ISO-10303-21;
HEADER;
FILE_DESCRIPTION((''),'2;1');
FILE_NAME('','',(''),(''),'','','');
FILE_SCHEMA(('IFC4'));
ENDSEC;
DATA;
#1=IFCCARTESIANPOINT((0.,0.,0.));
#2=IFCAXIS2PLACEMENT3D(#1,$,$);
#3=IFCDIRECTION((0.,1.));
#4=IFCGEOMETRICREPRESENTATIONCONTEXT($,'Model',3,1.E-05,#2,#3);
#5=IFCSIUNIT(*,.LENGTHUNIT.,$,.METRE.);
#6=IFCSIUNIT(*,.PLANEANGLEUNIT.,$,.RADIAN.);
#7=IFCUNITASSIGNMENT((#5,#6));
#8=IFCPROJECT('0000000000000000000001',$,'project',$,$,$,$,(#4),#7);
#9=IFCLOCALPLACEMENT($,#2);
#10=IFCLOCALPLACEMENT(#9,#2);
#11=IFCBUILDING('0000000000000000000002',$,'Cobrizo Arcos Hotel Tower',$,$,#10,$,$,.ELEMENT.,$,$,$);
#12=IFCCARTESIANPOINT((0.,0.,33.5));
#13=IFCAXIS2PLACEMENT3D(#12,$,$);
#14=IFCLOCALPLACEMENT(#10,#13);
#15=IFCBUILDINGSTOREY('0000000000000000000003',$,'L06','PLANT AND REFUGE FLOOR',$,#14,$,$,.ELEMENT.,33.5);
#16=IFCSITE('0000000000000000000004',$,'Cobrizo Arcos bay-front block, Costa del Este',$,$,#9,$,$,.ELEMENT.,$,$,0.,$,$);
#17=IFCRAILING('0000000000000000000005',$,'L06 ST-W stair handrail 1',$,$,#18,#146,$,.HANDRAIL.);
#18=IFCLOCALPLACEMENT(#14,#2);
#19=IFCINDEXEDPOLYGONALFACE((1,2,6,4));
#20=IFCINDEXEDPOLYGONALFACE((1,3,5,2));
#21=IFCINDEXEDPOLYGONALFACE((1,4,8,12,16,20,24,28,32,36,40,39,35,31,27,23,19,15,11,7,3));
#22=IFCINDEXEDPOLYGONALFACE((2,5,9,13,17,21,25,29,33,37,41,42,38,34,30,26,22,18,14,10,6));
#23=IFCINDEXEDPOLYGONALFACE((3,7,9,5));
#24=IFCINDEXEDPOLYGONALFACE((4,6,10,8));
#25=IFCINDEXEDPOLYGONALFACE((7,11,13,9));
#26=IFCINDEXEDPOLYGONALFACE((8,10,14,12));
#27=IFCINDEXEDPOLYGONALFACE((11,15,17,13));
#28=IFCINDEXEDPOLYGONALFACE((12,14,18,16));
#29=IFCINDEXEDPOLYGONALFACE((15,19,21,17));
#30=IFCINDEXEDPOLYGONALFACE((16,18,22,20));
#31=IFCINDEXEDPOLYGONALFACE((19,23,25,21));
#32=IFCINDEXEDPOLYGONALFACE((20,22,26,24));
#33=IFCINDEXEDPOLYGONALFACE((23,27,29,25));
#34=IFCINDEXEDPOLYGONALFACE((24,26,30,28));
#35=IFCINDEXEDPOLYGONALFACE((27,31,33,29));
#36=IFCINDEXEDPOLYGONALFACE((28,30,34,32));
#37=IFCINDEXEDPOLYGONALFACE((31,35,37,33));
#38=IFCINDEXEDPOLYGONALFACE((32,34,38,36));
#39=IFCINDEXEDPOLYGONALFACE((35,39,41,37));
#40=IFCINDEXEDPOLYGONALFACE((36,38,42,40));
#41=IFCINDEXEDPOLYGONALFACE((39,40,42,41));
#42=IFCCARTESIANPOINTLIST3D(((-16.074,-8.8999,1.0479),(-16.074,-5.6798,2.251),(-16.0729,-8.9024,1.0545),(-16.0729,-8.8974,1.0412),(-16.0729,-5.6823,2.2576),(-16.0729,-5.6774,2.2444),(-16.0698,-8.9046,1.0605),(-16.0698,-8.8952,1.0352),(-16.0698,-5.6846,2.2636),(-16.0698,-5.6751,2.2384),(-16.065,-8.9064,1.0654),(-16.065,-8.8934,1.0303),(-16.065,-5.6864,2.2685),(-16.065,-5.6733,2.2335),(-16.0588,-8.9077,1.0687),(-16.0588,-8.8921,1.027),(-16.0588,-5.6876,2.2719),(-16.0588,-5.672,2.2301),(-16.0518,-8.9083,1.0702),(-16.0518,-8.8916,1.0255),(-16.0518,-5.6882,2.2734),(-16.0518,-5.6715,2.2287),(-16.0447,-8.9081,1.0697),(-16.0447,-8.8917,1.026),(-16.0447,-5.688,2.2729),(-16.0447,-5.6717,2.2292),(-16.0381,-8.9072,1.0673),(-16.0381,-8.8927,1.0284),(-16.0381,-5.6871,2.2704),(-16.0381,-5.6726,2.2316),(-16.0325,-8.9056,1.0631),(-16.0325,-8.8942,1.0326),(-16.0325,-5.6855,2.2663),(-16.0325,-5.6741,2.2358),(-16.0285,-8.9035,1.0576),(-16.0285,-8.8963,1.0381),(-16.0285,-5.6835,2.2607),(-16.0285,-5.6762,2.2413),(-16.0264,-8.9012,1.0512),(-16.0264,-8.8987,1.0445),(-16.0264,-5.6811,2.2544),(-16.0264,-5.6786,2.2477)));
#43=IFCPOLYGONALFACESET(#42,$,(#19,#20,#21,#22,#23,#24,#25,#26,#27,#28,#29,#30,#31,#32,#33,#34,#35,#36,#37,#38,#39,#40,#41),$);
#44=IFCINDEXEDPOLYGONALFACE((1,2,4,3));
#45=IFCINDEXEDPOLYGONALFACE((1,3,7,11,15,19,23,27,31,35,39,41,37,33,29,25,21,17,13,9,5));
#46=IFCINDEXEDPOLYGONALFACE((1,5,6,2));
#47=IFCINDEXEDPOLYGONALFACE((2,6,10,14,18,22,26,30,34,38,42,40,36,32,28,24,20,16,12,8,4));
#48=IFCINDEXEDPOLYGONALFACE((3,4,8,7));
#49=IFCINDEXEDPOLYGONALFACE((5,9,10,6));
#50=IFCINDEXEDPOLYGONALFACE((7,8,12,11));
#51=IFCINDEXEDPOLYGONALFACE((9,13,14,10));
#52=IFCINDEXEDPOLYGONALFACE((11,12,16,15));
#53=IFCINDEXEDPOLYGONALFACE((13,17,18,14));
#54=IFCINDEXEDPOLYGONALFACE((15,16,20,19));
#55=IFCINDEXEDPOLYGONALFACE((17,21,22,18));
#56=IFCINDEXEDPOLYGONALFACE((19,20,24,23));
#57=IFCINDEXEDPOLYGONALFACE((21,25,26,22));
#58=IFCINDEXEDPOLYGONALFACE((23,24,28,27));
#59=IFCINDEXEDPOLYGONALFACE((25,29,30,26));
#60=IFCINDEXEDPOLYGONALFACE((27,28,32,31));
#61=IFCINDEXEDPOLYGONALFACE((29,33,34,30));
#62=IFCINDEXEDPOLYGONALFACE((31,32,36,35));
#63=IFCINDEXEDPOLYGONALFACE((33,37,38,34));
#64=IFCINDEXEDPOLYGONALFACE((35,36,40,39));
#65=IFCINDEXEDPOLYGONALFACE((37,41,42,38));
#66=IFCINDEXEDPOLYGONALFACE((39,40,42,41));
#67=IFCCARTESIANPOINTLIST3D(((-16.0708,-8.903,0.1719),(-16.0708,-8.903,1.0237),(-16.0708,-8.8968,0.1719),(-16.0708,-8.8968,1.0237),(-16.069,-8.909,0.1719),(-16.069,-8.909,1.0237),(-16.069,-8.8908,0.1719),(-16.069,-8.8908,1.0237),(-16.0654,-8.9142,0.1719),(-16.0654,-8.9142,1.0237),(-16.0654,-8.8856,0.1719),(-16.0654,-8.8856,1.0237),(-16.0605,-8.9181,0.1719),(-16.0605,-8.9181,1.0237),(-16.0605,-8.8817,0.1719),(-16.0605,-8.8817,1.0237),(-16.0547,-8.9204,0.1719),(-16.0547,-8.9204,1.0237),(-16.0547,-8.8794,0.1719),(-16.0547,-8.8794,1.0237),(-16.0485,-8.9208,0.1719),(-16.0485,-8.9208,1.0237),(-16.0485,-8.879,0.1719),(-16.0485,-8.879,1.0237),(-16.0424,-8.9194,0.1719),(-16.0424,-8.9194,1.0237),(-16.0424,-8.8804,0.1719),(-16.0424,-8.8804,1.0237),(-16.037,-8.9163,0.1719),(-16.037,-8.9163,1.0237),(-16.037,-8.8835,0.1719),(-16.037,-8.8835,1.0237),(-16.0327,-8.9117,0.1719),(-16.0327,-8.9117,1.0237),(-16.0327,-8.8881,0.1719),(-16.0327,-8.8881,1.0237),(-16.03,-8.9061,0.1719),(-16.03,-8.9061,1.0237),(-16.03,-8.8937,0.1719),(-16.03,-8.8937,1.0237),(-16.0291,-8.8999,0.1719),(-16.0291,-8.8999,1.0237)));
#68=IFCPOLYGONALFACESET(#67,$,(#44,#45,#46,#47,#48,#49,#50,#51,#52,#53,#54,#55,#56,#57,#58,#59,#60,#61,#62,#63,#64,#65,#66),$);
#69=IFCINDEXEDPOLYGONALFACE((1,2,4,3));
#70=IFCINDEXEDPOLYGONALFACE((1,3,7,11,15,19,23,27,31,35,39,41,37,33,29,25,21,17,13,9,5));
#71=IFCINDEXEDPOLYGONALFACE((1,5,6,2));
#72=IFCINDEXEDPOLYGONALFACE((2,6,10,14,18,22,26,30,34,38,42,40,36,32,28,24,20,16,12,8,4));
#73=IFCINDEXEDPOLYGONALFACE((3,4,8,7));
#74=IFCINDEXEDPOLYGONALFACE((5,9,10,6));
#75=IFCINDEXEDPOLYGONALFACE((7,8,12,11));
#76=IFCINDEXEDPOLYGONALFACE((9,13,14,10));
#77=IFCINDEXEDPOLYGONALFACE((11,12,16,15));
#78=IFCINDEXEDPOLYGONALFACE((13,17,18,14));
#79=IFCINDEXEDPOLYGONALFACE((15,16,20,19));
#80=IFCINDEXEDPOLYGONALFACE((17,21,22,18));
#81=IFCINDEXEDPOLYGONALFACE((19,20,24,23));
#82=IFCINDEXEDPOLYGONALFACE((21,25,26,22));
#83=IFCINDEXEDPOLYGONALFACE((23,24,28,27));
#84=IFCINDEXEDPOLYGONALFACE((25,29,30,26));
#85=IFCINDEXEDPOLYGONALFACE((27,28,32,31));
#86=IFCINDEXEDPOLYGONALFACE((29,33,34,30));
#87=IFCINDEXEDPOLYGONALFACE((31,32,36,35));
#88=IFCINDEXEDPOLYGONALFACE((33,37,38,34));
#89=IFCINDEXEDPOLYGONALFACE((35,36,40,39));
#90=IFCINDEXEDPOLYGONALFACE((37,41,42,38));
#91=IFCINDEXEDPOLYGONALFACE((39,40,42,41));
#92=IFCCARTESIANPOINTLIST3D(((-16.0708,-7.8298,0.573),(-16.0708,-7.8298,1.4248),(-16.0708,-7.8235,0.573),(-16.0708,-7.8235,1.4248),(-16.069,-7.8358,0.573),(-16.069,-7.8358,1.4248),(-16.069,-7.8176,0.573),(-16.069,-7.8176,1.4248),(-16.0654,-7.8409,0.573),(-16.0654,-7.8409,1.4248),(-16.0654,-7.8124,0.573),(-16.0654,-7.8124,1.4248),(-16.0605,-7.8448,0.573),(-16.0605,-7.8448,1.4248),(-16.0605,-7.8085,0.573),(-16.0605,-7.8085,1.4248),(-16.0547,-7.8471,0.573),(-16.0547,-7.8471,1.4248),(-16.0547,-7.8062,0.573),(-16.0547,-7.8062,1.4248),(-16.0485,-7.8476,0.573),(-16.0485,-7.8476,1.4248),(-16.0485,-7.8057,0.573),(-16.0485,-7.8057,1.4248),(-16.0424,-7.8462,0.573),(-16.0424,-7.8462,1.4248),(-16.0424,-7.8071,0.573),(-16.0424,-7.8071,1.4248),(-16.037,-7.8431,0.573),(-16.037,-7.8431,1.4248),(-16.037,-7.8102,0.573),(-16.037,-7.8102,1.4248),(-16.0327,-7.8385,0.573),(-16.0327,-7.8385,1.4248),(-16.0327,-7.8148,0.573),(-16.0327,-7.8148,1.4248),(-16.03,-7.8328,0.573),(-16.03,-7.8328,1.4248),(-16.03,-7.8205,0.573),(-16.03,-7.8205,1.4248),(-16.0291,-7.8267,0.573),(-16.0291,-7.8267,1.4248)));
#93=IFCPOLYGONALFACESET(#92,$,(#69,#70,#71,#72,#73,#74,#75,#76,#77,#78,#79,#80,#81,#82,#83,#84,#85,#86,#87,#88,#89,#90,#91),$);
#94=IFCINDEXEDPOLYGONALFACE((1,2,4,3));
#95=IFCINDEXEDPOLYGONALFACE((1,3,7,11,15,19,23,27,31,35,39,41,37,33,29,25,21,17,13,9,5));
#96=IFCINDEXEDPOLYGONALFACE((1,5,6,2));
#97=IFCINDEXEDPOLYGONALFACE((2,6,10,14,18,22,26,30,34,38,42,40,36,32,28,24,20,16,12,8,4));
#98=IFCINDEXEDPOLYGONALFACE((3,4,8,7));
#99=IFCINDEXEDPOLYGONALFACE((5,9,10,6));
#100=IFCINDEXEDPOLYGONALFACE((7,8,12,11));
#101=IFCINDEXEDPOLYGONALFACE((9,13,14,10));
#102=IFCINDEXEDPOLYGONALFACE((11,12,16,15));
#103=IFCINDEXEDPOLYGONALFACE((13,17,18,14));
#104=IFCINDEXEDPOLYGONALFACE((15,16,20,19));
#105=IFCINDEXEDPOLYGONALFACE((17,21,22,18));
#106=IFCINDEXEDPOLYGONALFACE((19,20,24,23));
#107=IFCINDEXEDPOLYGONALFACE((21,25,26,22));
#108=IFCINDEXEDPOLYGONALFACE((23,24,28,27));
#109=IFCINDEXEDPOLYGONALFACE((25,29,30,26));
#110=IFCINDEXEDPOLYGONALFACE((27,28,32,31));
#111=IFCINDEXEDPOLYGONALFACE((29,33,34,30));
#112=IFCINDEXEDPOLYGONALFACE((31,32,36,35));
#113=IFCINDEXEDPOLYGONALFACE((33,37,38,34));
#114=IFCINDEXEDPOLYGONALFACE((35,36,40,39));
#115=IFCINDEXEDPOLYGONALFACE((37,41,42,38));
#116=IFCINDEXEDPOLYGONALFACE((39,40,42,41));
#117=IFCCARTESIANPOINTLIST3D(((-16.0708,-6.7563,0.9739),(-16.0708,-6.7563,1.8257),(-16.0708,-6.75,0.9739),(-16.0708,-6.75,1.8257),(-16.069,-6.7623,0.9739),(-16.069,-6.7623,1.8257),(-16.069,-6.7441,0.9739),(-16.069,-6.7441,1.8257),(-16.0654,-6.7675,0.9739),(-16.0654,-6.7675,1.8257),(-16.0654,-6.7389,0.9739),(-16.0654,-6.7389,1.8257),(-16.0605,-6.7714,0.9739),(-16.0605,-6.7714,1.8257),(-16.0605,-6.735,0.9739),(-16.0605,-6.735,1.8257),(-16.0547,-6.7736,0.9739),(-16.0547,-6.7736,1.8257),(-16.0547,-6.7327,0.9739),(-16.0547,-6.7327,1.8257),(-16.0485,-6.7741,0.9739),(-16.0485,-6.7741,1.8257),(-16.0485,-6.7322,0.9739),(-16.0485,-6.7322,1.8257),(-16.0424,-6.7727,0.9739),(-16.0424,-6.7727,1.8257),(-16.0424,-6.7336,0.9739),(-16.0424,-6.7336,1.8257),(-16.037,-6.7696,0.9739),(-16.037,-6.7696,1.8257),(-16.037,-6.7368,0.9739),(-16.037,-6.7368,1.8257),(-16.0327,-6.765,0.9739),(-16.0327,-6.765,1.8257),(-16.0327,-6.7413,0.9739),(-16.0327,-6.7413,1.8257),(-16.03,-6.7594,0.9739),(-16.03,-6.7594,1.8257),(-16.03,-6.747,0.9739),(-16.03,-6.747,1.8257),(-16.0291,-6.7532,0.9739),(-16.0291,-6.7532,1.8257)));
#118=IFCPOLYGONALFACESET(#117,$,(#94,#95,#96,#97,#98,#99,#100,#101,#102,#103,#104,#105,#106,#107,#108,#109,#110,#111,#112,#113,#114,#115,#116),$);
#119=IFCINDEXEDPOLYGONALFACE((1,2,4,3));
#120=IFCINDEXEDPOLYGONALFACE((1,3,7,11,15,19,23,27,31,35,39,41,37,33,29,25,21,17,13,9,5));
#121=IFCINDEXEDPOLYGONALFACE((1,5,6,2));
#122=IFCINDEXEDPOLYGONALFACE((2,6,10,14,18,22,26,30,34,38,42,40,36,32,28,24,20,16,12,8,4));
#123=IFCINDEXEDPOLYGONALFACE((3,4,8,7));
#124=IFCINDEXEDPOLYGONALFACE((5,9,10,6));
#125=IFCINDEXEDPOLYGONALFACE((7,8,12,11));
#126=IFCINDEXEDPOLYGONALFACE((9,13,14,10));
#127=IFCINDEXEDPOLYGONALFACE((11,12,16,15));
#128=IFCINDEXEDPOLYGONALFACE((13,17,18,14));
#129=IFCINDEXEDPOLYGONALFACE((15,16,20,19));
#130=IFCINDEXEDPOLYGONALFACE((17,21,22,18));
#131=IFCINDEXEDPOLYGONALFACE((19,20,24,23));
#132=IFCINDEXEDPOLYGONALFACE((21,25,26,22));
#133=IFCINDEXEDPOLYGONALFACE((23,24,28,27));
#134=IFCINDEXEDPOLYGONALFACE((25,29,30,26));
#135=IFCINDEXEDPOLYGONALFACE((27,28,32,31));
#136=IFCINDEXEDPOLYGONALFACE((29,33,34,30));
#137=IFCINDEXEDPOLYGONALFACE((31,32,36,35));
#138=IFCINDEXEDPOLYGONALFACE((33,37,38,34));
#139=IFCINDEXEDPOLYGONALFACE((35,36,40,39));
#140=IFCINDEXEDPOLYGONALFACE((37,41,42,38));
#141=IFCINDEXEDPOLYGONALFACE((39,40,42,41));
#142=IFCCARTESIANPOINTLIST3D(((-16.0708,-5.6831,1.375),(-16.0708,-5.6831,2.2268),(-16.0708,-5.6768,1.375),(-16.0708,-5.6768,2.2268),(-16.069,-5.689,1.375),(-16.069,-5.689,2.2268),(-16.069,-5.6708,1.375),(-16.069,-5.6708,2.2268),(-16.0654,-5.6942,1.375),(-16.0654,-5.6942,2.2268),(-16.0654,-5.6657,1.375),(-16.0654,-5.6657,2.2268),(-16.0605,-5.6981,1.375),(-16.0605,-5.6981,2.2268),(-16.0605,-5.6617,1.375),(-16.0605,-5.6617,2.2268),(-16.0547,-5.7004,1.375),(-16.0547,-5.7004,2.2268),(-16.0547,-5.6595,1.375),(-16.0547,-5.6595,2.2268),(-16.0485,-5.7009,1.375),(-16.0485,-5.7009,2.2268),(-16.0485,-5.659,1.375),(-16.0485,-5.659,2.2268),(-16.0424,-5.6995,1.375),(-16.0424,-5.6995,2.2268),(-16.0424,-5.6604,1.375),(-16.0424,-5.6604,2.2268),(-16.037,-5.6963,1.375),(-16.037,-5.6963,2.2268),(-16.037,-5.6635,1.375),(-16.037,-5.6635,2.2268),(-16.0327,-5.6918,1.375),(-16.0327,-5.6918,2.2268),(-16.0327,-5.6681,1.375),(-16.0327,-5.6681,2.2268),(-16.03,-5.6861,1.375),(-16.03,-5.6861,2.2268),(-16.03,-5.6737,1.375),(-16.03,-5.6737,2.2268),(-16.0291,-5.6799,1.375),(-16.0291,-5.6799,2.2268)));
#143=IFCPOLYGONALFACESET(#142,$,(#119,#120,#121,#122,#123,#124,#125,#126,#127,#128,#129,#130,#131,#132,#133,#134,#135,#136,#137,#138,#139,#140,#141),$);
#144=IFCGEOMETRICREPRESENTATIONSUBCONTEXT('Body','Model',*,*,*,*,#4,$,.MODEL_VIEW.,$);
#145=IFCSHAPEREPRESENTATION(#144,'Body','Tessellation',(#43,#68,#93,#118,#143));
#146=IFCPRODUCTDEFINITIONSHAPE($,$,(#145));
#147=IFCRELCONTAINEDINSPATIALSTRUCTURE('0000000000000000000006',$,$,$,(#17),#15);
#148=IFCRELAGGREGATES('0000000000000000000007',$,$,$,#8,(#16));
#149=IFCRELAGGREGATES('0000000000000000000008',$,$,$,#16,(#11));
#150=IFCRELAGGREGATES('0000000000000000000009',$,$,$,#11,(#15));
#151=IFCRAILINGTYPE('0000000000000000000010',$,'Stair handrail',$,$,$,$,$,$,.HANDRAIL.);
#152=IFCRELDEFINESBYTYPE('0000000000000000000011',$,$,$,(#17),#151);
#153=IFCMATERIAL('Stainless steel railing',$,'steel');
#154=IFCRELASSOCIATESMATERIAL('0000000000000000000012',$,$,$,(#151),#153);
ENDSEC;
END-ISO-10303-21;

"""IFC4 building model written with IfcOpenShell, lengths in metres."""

from ifc_helpers import new_model, si_unit, direction, frame, origin, origin_2d, place, context, subcontext, project, spatial, circle, extrude, material, type_object, element, save


model = new_model("IFC4")

# Units and contexts
model_context = context("Model", 3, precision=1e-05, world=origin(), true_north=direction((0.0, 1.0)))
body_context = subcontext(model_context, "Body", "Model", "MODEL_VIEW")
ifc_project = project(units=[si_unit("LENGTHUNIT", "METRE"), si_unit("PLANEANGLEUNIT", "RADIAN")], contexts=[model_context])

# Site, building, storey
site_placement = place(None, origin())
site = spatial("IfcSite", under=ifc_project, at=site_placement, Name="Cobrizo Arcos bay-front block, Costa del Este", CompositionType="ELEMENT", RefElevation=0.0)
building_placement = place(site_placement, origin())
building = spatial("IfcBuilding", under=site, at=building_placement, Name="Cobrizo Arcos Hotel Tower", CompositionType="ELEMENT")
storey_placement = place(building_placement, frame((0.0, 0.0, 33.5)))
storey = spatial("IfcBuildingStorey", under=building, at=storey_placement, Name="L06", Description="PLANT AND REFUGE FLOOR", CompositionType="ELEMENT", Elevation=33.5)

# Railing
ifc_material_1 = material(Name="Stainless steel railing", Category="steel")
railing_type = type_object("IfcRailingType", Name="Stair handrail", PredefinedType="HANDRAIL", material=ifc_material_1)
for number, where, name in (
    (1, (-16.05, -8.8999, 0.1719), "L06 ST-W stair handrail 1"),
):
    element("IfcRailing", number, at=place(storey_placement, frame(where)), inside=storey, type_object=railing_type, Name=name, PredefinedType="HANDRAIL", context=body_context, shape_type="SweptSolid", body=[
        extrude(circle(Radius=0.0239, at=origin_2d()), frame((0.0, 0.0, 0.876), z_axis=(0.0, 0.936746, 0.35001), x_axis=(-1.0, 0.0, 0.0)), (0.0, 0.0, 1.0), 3.4375),
        extrude(circle(Radius=0.021, at=origin_2d()), origin(), (0.0, 0.0, 1.0), 0.8518),
        extrude(circle(Radius=0.021, at=origin_2d()), frame((0.0, 1.0732, 0.4011)), (0.0, 0.0, 1.0), 0.8518),
        extrude(circle(Radius=0.021, at=origin_2d()), frame((0.0, 2.1467, 0.802)), (0.0, 0.0, 1.0), 0.8518),
        extrude(circle(Radius=0.021, at=origin_2d()), frame((0.0, 3.22, 1.2031)), (0.0, 0.0, 1.0), 0.8518),
    ])

save(model, "model.ifc")
